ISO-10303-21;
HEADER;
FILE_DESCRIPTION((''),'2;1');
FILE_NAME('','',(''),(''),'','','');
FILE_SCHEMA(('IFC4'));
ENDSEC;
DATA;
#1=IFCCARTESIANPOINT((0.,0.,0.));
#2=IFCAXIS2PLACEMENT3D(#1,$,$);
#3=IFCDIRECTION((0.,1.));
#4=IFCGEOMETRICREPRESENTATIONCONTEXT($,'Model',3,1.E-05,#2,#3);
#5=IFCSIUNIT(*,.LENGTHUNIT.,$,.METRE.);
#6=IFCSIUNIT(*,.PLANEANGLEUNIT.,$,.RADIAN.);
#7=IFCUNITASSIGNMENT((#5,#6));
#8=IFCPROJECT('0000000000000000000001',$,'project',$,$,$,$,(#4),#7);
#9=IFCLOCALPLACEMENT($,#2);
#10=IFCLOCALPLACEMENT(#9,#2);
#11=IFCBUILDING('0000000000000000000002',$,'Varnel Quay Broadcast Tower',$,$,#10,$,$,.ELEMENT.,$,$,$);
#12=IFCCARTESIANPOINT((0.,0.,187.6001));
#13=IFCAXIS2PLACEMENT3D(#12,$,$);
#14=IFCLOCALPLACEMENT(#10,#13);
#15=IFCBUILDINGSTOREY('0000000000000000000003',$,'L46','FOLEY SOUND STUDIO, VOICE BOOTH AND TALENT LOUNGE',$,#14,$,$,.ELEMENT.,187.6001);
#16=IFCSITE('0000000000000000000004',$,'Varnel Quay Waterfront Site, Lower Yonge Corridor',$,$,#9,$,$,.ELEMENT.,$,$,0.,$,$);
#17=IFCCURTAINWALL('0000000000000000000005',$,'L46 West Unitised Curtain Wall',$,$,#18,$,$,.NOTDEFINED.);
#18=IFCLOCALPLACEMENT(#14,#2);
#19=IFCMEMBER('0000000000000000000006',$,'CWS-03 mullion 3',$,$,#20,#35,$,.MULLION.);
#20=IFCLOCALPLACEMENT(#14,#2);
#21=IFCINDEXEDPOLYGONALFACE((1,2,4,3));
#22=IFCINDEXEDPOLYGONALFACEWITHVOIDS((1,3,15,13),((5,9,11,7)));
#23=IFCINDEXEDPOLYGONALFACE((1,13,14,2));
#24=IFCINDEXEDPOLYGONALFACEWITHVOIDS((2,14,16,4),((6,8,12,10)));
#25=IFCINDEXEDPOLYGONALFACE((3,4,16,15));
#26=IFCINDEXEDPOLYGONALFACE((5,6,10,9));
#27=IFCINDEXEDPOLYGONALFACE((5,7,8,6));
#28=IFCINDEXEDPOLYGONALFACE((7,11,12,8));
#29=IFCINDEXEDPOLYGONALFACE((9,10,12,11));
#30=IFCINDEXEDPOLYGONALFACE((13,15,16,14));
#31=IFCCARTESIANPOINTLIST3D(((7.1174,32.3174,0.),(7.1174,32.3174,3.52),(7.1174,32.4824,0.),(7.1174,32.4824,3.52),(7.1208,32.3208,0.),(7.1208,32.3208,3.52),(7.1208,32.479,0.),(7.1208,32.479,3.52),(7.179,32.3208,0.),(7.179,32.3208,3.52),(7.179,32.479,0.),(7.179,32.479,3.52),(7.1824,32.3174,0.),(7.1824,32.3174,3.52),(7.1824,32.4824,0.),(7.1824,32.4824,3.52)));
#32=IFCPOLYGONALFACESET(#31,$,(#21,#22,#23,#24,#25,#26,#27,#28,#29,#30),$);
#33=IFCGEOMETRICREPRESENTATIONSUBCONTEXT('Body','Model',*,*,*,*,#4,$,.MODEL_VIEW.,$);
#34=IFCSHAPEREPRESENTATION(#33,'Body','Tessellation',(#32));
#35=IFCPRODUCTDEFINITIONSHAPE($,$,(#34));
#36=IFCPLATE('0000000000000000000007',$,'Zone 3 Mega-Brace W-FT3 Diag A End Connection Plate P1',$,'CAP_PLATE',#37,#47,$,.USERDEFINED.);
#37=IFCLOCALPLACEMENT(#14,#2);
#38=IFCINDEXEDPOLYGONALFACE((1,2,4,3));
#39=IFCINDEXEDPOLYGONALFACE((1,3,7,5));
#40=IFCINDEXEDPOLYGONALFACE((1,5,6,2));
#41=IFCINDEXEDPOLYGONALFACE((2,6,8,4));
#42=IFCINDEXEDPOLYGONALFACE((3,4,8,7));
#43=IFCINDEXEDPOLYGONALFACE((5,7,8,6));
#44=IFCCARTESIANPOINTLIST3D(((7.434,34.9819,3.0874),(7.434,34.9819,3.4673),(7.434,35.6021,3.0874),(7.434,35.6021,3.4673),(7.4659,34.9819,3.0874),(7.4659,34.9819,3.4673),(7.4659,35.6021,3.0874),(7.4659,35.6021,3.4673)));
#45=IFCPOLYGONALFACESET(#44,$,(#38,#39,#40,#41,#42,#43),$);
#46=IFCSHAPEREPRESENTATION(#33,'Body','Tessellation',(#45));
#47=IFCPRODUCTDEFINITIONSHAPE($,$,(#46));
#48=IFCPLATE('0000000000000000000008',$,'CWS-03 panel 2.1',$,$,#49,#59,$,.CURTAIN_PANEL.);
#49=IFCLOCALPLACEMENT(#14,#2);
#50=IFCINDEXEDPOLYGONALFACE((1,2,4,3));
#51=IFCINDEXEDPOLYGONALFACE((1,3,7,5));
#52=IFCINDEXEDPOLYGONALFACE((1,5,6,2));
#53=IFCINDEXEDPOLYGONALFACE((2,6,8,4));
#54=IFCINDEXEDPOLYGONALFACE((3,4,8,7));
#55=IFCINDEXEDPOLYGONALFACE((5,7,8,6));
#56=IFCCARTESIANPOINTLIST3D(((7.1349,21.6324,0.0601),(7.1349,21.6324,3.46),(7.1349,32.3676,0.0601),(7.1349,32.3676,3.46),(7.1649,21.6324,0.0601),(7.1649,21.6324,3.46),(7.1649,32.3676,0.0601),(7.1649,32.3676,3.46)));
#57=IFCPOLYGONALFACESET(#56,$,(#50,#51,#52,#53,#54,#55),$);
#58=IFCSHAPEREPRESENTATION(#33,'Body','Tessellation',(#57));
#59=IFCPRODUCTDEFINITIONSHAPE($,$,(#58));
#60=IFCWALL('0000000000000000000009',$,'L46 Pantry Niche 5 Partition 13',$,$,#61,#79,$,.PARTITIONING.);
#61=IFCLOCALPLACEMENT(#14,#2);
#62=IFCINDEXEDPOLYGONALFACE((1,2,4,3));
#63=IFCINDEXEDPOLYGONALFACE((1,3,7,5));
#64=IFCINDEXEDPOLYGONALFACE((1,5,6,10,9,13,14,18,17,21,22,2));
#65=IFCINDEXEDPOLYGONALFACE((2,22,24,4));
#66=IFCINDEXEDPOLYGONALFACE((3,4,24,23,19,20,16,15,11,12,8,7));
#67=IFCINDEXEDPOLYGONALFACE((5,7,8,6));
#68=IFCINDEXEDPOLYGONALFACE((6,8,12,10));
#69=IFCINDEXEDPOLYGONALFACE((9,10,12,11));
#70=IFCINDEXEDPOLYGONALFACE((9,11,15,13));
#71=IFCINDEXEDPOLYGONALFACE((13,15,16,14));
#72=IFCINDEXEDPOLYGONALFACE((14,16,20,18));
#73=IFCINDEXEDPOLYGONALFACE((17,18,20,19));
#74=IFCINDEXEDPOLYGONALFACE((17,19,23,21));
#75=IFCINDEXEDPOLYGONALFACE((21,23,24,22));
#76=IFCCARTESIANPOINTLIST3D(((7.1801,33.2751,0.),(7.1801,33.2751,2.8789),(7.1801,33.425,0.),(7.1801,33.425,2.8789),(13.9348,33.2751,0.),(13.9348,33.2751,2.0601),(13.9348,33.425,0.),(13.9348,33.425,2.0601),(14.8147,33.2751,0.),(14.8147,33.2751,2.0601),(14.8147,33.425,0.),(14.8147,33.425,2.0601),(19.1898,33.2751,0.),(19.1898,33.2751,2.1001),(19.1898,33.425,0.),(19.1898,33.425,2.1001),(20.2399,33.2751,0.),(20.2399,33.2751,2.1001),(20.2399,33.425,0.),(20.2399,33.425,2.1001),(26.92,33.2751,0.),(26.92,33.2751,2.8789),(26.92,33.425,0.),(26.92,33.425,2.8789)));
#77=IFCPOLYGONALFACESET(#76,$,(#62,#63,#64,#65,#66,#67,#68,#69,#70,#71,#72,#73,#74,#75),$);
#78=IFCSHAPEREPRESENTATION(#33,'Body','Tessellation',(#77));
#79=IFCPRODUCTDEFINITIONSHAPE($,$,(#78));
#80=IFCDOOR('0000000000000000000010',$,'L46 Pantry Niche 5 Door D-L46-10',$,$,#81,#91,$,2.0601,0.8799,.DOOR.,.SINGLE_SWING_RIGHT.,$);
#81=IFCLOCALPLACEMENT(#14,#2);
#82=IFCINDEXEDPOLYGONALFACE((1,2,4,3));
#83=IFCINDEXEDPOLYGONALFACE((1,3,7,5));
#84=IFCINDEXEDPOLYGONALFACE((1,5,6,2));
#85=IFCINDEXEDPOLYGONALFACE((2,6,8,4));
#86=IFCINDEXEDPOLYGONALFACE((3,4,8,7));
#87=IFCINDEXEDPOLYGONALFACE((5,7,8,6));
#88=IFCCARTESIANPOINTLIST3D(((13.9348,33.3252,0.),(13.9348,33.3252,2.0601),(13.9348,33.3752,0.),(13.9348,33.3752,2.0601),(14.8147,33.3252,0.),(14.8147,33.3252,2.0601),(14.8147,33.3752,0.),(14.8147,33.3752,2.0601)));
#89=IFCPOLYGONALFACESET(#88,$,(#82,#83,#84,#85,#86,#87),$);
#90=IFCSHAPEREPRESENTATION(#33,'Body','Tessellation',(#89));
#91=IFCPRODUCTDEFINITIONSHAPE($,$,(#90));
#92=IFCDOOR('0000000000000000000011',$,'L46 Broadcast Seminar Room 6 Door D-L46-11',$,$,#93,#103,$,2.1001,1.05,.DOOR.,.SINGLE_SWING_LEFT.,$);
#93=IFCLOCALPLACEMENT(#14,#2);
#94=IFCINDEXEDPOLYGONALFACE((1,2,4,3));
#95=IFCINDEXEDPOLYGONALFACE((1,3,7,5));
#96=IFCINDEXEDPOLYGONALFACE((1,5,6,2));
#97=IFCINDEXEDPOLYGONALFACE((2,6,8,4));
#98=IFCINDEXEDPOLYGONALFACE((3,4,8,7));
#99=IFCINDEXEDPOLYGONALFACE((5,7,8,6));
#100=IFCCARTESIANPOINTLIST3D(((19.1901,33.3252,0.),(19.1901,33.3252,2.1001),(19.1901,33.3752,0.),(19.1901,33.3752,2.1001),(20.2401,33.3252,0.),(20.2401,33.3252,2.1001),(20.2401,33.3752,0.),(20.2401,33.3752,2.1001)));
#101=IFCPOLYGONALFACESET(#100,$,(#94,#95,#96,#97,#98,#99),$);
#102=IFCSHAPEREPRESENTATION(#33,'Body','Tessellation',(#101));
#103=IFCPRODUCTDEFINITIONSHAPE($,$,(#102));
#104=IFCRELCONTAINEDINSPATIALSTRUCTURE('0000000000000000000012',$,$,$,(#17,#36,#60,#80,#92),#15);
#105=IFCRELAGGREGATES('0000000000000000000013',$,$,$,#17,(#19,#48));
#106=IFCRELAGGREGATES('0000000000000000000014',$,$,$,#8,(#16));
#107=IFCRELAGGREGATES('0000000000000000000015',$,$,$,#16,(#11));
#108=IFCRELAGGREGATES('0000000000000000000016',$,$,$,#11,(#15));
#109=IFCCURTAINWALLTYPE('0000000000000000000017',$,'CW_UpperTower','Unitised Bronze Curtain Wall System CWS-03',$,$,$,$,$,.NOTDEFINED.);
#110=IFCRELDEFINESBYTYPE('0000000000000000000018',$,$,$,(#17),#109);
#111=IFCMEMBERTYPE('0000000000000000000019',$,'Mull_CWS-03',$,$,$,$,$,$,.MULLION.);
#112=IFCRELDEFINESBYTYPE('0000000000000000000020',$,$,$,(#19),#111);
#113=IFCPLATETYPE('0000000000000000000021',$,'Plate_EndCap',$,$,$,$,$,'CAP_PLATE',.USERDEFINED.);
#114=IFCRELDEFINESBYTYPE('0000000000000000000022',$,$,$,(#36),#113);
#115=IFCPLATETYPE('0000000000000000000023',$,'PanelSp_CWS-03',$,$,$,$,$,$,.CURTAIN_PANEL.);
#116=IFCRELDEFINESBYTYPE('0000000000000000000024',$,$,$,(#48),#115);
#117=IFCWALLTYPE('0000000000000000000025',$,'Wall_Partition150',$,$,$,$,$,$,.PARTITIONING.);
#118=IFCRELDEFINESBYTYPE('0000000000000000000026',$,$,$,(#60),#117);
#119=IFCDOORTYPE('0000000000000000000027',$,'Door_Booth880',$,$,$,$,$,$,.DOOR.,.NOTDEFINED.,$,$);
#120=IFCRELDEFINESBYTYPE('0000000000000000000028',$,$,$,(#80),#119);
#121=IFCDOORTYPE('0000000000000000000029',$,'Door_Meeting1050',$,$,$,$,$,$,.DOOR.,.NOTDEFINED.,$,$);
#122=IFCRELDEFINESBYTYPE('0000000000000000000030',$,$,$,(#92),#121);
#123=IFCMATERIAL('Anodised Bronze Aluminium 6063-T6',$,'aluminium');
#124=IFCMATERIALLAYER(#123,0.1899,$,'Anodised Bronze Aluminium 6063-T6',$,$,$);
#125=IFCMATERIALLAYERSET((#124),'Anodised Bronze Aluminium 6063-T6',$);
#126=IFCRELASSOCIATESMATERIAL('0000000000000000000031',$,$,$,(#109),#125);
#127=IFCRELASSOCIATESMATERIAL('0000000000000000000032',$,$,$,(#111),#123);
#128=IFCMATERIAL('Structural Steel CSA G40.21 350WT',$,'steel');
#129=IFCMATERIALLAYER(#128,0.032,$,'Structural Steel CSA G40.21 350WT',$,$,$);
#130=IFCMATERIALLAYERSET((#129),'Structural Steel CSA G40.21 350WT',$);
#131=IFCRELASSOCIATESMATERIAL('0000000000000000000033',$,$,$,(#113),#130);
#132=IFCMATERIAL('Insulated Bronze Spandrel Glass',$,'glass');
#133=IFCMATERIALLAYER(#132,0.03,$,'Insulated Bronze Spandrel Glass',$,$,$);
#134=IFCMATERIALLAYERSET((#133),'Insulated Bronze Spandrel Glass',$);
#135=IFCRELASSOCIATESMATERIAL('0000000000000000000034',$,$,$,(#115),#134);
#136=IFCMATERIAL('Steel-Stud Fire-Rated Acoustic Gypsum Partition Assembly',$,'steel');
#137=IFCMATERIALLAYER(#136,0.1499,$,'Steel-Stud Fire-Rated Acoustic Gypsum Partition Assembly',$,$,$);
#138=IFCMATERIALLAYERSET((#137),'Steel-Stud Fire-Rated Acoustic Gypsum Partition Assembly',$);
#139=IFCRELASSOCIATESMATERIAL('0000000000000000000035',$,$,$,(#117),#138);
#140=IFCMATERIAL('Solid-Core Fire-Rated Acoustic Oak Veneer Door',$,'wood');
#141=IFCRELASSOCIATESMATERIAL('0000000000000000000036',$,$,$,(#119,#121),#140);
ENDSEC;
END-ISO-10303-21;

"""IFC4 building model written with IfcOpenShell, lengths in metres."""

from ifc_helpers import new_model, si_unit, direction, frame, frame_2d, origin, origin_2d, place, context, subcontext, project, spatial, rectangle, hollow_rectangle, extrude, source, transform, mapped, material, layer, layer_set, material_profile, profile_set, type_object, type_shapes, element, fill, aggregate, save


model = new_model("IFC4")

# Units and contexts
model_context = context("Model", 3, precision=1e-05, world=origin(), true_north=direction((0.0, 1.0)))
body_context = subcontext(model_context, "Body", "Model", "MODEL_VIEW")
ifc_project = project(units=[si_unit("LENGTHUNIT", "METRE"), si_unit("PLANEANGLEUNIT", "RADIAN")], contexts=[model_context])

# Site, building, storey
site_placement = place(None, origin())
site = spatial("IfcSite", under=ifc_project, at=site_placement, Name="Varnel Quay Waterfront Site, Lower Yonge Corridor", CompositionType="ELEMENT", RefElevation=0.0)
building_placement = place(site_placement, origin())
building = spatial("IfcBuilding", under=site, at=building_placement, Name="Varnel Quay Broadcast Tower", CompositionType="ELEMENT")
storey_placement = place(building_placement, frame((0.0, 0.0, 187.6001)))
storey = spatial("IfcBuildingStorey", under=building, at=storey_placement, Name="L46", Description="FOLEY SOUND STUDIO, VOICE BOOTH AND TALENT LOUNGE", CompositionType="ELEMENT", Elevation=187.6001)

# Curtain wall, member
ifc_material_1 = material(Name="Anodised Bronze Aluminium 6063-T6", Category="aluminium")
ifc_layer_1 = layer(ifc_material_1, 0.1899, Name="Anodised Bronze Aluminium 6063-T6")
ifc_layer_set_1 = layer_set([ifc_layer_1], Name="Anodised Bronze Aluminium 6063-T6")
curtain_wall_type = type_object("IfcCurtainWallType", Name="CW_UpperTower", Description="Unitised Bronze Curtain Wall System CWS-03", PredefinedType="NOTDEFINED", material=ifc_layer_set_1)
curtain_wall_placement = place(storey_placement, origin())
curtain_wall = element("IfcCurtainWall", 1, at=curtain_wall_placement, inside=storey, type_object=curtain_wall_type, Name="L46 West Unitised Curtain Wall", PredefinedType="NOTDEFINED")
ifc_material_profile_1 = material_profile(ifc_material_1, hollow_rectangle(XDim=0.0649, YDim=0.165, WallThickness=0.0034, at=origin_2d()), Name="ALU65X165X3.5")
ifc_profile_set_1 = profile_set([ifc_material_profile_1], Name="Anodised Bronze Aluminium 6063-T6")
member_type_1 = type_object("IfcMemberType", Name="Mull_CWS-03", PredefinedType="MULLION", material=ifc_profile_set_1)
shared_shape_1 = source(origin(), body_context, "Body", "SweptSolid", [
    extrude(hollow_rectangle(XDim=0.0649, YDim=0.165, WallThickness=0.0034, at=origin_2d()), origin(), (0.0, 0.0, 1.0), 3.52),
])
type_shapes(member_type_1, [shared_shape_1])
member_1_placement = place(storey_placement, frame((7.1499, 32.3999, 0.0), z_axis=(0.0, 0.0, 1.0), x_axis=(-1.0, 0.0, 0.0)))
member_1 = element("IfcMember", 2, at=member_1_placement, type_object=member_type_1, Name="CWS-03 mullion 3", PredefinedType="MULLION", context=body_context, shape_type="MappedRepresentation", body=[
    mapped(shared_shape_1, transform((0.0, 0.0, 0.0), x_axis=(1.0, 0.0, 0.0), y_axis=(0.0, 1.0, 0.0), z_axis=(0.0, 0.0, 1.0), scale=1.0)),
])

# Plates
ifc_material_2 = material(Name="Structural Steel CSA G40.21 350WT", Category="steel")
ifc_layer_2 = layer(ifc_material_2, 0.032, Name="Structural Steel CSA G40.21 350WT")
ifc_layer_set_2 = layer_set([ifc_layer_2], Name="Structural Steel CSA G40.21 350WT")
plate_type_1 = type_object("IfcPlateType", Name="Plate_EndCap", ElementType="CAP_PLATE", PredefinedType="USERDEFINED", material=ifc_layer_set_2)
shared_shape_2 = source(origin(), body_context, "Body", "SweptSolid", [
    extrude(rectangle(XDim=0.6201, YDim=0.032, at=origin_2d()), origin(), (0.0, 0.0, 1.0), 0.3799),
])
type_shapes(plate_type_1, [shared_shape_2])
plate_1_placement = place(storey_placement, frame((7.45, 35.292, 3.0874), z_axis=(0.0, 0.0, 1.0), x_axis=(0.0, 1.0, 0.0)))
element("IfcPlate", 3, at=plate_1_placement, inside=storey, type_object=plate_type_1, Name="Zone 3 Mega-Brace W-FT3 Diag A End Connection Plate P1", ObjectType="CAP_PLATE", PredefinedType="USERDEFINED", context=body_context, shape_type="MappedRepresentation", body=[
    mapped(shared_shape_2, transform((0.0, 0.0, 0.0), x_axis=(1.0, 0.0, 0.0), y_axis=(0.0, 1.0, 0.0), z_axis=(0.0, 0.0, 1.0), scale=1.0)),
])
ifc_material_3 = material(Name="Insulated Bronze Spandrel Glass", Category="glass")
ifc_layer_3 = layer(ifc_material_3, 0.03, Name="Insulated Bronze Spandrel Glass")
ifc_layer_set_3 = layer_set([ifc_layer_3], Name="Insulated Bronze Spandrel Glass")
plate_type_2 = type_object("IfcPlateType", Name="PanelSp_CWS-03", PredefinedType="CURTAIN_PANEL", material=ifc_layer_set_3)
shared_shape_3 = source(origin(), body_context, "Body", "SweptSolid", [
    extrude(rectangle(XDim=10.7351, YDim=0.03, at=origin_2d()), origin(), (0.0, 0.0, 1.0), 3.3999),
])
type_shapes(plate_type_2, [shared_shape_3])
plate_2_placement = place(storey_placement, frame((7.1499, 27.0, 0.0601), z_axis=(0.0, 0.0, 1.0), x_axis=(0.0, 1.0, 0.0)))
plate_2 = element("IfcPlate", 4, at=plate_2_placement, type_object=plate_type_2, Name="CWS-03 panel 2.1", PredefinedType="CURTAIN_PANEL", context=body_context, shape_type="MappedRepresentation", body=[
    mapped(shared_shape_3, transform((0.0, 0.0, 0.0), x_axis=(1.0, 0.0, 0.0), y_axis=(0.0, 1.0, 0.0), z_axis=(0.0, 0.0, 1.0), scale=1.0)),
])
aggregate(curtain_wall, [member_1, plate_2])

# Wall, openings, doors
ifc_material_4 = material(Name="Steel-Stud Fire-Rated Acoustic Gypsum Partition Assembly", Category="steel")
ifc_layer_4 = layer(ifc_material_4, 0.1499, Name="Steel-Stud Fire-Rated Acoustic Gypsum Partition Assembly")
ifc_layer_set_4 = layer_set([ifc_layer_4], Name="Steel-Stud Fire-Rated Acoustic Gypsum Partition Assembly")
wall_type_1 = type_object("IfcWallType", Name="Wall_Partition150", PredefinedType="PARTITIONING", material=ifc_layer_set_4)
wall_1_placement = place(storey_placement, frame((7.1799, 33.3501, 0.0), z_axis=(0.0, 0.0, 1.0), x_axis=(1.0, 0.0, 0.0)))
wall_1 = element("IfcWall", 5, at=wall_1_placement, inside=storey, type_object=wall_type_1, Name="L46 Pantry Niche 5 Partition 13", PredefinedType="PARTITIONING", context=body_context, shape_type="SweptSolid", body=[
    extrude(rectangle(XDim=19.74, YDim=0.1499, at=frame_2d((9.8701, 0.0))), origin(), (0.0, 0.0, 1.0), 2.8789),
])
opening_1_placement = place(wall_1_placement, frame((6.7549, 0.0, 0.0)))
opening_1 = element("IfcOpeningElement", 6, at=opening_1_placement, cuts=wall_1, PredefinedType="OPENING", context=body_context, shape_type="SweptSolid", body=[
    extrude(rectangle(XDim=0.8799, YDim=2.0601, at=frame_2d((0.4399, 1.03))), frame((0.0, 0.085, 0.0), z_axis=(0.0, -1.0, 0.0), x_axis=(1.0, 0.0, 0.0)), (0.0, 0.0, 1.0), 0.1699),
])
opening_2_placement = place(wall_1_placement, frame((12.01, 0.0, 0.0)))
opening_2 = element("IfcOpeningElement", 7, at=opening_2_placement, cuts=wall_1, PredefinedType="OPENING", context=body_context, shape_type="SweptSolid", body=[
    extrude(rectangle(XDim=1.05, YDim=2.1001, at=frame_2d((0.5249, 1.05))), frame((0.0, 0.085, 0.0), z_axis=(0.0, -1.0, 0.0), x_axis=(1.0, 0.0, 0.0)), (0.0, 0.0, 1.0), 0.1699),
])
ifc_material_5 = material(Name="Solid-Core Fire-Rated Acoustic Oak Veneer Door", Category="wood")
door_type_1 = type_object("IfcDoorType", Name="Door_Booth880", OperationType="NOTDEFINED", PredefinedType="DOOR", material=ifc_material_5)
shared_shape_4 = source(origin(), body_context, "Body", "SweptSolid", [
    extrude(rectangle(XDim=0.8799, YDim=2.0601, at=frame_2d((0.4399, 1.03))), frame((0.0, 0.0249, 0.0), z_axis=(0.0, -1.0, 0.0), x_axis=(1.0, 0.0, 0.0)), (0.0, 0.0, 1.0), 0.05),
])
type_shapes(door_type_1, [shared_shape_4])
door_1_placement = place(opening_1_placement, frame((0.8799, 0.0, 0.0), z_axis=(0.0, 0.0, 1.0), x_axis=(-1.0, 0.0, 0.0)))
door_1 = element("IfcDoor", 8, at=door_1_placement, inside=storey, type_object=door_type_1, Name="L46 Pantry Niche 5 Door D-L46-10", OperationType="SINGLE_SWING_RIGHT", OverallHeight=2.0601, OverallWidth=0.8799, PredefinedType="DOOR", context=body_context, shape_type="MappedRepresentation", body=[
    mapped(shared_shape_4, transform((0.0, 0.0, 0.0), x_axis=(1.0, 0.0, 0.0), y_axis=(0.0, 1.0, 0.0), z_axis=(0.0, 0.0, 1.0), scale=1.0)),
])
fill(opening_1, door_1)
door_type_2 = type_object("IfcDoorType", Name="Door_Meeting1050", OperationType="NOTDEFINED", PredefinedType="DOOR", material=ifc_material_5)
shared_shape_5 = source(origin(), body_context, "Body", "SweptSolid", [
    extrude(rectangle(XDim=1.05, YDim=2.1001, at=frame_2d((0.5249, 1.05))), frame((0.0, 0.0249, 0.0), z_axis=(0.0, -1.0, 0.0), x_axis=(1.0, 0.0, 0.0)), (0.0, 0.0, 1.0), 0.05),
])
type_shapes(door_type_2, [shared_shape_5])
door_2_placement = place(opening_2_placement, frame((1.05, 0.0, 0.0), z_axis=(0.0, 0.0, 1.0), x_axis=(-1.0, 0.0, 0.0)))
door_2 = element("IfcDoor", 9, at=door_2_placement, inside=storey, type_object=door_type_2, Name="L46 Broadcast Seminar Room 6 Door D-L46-11", OperationType="SINGLE_SWING_LEFT", OverallHeight=2.1001, OverallWidth=1.05, PredefinedType="DOOR", context=body_context, shape_type="MappedRepresentation", body=[
    mapped(shared_shape_5, transform((0.0, 0.0, 0.0), x_axis=(1.0, 0.0, 0.0), y_axis=(0.0, 1.0, 0.0), z_axis=(0.0, 0.0, 1.0), scale=1.0)),
])
fill(opening_2, door_2)

save(model, "model.ifc")
